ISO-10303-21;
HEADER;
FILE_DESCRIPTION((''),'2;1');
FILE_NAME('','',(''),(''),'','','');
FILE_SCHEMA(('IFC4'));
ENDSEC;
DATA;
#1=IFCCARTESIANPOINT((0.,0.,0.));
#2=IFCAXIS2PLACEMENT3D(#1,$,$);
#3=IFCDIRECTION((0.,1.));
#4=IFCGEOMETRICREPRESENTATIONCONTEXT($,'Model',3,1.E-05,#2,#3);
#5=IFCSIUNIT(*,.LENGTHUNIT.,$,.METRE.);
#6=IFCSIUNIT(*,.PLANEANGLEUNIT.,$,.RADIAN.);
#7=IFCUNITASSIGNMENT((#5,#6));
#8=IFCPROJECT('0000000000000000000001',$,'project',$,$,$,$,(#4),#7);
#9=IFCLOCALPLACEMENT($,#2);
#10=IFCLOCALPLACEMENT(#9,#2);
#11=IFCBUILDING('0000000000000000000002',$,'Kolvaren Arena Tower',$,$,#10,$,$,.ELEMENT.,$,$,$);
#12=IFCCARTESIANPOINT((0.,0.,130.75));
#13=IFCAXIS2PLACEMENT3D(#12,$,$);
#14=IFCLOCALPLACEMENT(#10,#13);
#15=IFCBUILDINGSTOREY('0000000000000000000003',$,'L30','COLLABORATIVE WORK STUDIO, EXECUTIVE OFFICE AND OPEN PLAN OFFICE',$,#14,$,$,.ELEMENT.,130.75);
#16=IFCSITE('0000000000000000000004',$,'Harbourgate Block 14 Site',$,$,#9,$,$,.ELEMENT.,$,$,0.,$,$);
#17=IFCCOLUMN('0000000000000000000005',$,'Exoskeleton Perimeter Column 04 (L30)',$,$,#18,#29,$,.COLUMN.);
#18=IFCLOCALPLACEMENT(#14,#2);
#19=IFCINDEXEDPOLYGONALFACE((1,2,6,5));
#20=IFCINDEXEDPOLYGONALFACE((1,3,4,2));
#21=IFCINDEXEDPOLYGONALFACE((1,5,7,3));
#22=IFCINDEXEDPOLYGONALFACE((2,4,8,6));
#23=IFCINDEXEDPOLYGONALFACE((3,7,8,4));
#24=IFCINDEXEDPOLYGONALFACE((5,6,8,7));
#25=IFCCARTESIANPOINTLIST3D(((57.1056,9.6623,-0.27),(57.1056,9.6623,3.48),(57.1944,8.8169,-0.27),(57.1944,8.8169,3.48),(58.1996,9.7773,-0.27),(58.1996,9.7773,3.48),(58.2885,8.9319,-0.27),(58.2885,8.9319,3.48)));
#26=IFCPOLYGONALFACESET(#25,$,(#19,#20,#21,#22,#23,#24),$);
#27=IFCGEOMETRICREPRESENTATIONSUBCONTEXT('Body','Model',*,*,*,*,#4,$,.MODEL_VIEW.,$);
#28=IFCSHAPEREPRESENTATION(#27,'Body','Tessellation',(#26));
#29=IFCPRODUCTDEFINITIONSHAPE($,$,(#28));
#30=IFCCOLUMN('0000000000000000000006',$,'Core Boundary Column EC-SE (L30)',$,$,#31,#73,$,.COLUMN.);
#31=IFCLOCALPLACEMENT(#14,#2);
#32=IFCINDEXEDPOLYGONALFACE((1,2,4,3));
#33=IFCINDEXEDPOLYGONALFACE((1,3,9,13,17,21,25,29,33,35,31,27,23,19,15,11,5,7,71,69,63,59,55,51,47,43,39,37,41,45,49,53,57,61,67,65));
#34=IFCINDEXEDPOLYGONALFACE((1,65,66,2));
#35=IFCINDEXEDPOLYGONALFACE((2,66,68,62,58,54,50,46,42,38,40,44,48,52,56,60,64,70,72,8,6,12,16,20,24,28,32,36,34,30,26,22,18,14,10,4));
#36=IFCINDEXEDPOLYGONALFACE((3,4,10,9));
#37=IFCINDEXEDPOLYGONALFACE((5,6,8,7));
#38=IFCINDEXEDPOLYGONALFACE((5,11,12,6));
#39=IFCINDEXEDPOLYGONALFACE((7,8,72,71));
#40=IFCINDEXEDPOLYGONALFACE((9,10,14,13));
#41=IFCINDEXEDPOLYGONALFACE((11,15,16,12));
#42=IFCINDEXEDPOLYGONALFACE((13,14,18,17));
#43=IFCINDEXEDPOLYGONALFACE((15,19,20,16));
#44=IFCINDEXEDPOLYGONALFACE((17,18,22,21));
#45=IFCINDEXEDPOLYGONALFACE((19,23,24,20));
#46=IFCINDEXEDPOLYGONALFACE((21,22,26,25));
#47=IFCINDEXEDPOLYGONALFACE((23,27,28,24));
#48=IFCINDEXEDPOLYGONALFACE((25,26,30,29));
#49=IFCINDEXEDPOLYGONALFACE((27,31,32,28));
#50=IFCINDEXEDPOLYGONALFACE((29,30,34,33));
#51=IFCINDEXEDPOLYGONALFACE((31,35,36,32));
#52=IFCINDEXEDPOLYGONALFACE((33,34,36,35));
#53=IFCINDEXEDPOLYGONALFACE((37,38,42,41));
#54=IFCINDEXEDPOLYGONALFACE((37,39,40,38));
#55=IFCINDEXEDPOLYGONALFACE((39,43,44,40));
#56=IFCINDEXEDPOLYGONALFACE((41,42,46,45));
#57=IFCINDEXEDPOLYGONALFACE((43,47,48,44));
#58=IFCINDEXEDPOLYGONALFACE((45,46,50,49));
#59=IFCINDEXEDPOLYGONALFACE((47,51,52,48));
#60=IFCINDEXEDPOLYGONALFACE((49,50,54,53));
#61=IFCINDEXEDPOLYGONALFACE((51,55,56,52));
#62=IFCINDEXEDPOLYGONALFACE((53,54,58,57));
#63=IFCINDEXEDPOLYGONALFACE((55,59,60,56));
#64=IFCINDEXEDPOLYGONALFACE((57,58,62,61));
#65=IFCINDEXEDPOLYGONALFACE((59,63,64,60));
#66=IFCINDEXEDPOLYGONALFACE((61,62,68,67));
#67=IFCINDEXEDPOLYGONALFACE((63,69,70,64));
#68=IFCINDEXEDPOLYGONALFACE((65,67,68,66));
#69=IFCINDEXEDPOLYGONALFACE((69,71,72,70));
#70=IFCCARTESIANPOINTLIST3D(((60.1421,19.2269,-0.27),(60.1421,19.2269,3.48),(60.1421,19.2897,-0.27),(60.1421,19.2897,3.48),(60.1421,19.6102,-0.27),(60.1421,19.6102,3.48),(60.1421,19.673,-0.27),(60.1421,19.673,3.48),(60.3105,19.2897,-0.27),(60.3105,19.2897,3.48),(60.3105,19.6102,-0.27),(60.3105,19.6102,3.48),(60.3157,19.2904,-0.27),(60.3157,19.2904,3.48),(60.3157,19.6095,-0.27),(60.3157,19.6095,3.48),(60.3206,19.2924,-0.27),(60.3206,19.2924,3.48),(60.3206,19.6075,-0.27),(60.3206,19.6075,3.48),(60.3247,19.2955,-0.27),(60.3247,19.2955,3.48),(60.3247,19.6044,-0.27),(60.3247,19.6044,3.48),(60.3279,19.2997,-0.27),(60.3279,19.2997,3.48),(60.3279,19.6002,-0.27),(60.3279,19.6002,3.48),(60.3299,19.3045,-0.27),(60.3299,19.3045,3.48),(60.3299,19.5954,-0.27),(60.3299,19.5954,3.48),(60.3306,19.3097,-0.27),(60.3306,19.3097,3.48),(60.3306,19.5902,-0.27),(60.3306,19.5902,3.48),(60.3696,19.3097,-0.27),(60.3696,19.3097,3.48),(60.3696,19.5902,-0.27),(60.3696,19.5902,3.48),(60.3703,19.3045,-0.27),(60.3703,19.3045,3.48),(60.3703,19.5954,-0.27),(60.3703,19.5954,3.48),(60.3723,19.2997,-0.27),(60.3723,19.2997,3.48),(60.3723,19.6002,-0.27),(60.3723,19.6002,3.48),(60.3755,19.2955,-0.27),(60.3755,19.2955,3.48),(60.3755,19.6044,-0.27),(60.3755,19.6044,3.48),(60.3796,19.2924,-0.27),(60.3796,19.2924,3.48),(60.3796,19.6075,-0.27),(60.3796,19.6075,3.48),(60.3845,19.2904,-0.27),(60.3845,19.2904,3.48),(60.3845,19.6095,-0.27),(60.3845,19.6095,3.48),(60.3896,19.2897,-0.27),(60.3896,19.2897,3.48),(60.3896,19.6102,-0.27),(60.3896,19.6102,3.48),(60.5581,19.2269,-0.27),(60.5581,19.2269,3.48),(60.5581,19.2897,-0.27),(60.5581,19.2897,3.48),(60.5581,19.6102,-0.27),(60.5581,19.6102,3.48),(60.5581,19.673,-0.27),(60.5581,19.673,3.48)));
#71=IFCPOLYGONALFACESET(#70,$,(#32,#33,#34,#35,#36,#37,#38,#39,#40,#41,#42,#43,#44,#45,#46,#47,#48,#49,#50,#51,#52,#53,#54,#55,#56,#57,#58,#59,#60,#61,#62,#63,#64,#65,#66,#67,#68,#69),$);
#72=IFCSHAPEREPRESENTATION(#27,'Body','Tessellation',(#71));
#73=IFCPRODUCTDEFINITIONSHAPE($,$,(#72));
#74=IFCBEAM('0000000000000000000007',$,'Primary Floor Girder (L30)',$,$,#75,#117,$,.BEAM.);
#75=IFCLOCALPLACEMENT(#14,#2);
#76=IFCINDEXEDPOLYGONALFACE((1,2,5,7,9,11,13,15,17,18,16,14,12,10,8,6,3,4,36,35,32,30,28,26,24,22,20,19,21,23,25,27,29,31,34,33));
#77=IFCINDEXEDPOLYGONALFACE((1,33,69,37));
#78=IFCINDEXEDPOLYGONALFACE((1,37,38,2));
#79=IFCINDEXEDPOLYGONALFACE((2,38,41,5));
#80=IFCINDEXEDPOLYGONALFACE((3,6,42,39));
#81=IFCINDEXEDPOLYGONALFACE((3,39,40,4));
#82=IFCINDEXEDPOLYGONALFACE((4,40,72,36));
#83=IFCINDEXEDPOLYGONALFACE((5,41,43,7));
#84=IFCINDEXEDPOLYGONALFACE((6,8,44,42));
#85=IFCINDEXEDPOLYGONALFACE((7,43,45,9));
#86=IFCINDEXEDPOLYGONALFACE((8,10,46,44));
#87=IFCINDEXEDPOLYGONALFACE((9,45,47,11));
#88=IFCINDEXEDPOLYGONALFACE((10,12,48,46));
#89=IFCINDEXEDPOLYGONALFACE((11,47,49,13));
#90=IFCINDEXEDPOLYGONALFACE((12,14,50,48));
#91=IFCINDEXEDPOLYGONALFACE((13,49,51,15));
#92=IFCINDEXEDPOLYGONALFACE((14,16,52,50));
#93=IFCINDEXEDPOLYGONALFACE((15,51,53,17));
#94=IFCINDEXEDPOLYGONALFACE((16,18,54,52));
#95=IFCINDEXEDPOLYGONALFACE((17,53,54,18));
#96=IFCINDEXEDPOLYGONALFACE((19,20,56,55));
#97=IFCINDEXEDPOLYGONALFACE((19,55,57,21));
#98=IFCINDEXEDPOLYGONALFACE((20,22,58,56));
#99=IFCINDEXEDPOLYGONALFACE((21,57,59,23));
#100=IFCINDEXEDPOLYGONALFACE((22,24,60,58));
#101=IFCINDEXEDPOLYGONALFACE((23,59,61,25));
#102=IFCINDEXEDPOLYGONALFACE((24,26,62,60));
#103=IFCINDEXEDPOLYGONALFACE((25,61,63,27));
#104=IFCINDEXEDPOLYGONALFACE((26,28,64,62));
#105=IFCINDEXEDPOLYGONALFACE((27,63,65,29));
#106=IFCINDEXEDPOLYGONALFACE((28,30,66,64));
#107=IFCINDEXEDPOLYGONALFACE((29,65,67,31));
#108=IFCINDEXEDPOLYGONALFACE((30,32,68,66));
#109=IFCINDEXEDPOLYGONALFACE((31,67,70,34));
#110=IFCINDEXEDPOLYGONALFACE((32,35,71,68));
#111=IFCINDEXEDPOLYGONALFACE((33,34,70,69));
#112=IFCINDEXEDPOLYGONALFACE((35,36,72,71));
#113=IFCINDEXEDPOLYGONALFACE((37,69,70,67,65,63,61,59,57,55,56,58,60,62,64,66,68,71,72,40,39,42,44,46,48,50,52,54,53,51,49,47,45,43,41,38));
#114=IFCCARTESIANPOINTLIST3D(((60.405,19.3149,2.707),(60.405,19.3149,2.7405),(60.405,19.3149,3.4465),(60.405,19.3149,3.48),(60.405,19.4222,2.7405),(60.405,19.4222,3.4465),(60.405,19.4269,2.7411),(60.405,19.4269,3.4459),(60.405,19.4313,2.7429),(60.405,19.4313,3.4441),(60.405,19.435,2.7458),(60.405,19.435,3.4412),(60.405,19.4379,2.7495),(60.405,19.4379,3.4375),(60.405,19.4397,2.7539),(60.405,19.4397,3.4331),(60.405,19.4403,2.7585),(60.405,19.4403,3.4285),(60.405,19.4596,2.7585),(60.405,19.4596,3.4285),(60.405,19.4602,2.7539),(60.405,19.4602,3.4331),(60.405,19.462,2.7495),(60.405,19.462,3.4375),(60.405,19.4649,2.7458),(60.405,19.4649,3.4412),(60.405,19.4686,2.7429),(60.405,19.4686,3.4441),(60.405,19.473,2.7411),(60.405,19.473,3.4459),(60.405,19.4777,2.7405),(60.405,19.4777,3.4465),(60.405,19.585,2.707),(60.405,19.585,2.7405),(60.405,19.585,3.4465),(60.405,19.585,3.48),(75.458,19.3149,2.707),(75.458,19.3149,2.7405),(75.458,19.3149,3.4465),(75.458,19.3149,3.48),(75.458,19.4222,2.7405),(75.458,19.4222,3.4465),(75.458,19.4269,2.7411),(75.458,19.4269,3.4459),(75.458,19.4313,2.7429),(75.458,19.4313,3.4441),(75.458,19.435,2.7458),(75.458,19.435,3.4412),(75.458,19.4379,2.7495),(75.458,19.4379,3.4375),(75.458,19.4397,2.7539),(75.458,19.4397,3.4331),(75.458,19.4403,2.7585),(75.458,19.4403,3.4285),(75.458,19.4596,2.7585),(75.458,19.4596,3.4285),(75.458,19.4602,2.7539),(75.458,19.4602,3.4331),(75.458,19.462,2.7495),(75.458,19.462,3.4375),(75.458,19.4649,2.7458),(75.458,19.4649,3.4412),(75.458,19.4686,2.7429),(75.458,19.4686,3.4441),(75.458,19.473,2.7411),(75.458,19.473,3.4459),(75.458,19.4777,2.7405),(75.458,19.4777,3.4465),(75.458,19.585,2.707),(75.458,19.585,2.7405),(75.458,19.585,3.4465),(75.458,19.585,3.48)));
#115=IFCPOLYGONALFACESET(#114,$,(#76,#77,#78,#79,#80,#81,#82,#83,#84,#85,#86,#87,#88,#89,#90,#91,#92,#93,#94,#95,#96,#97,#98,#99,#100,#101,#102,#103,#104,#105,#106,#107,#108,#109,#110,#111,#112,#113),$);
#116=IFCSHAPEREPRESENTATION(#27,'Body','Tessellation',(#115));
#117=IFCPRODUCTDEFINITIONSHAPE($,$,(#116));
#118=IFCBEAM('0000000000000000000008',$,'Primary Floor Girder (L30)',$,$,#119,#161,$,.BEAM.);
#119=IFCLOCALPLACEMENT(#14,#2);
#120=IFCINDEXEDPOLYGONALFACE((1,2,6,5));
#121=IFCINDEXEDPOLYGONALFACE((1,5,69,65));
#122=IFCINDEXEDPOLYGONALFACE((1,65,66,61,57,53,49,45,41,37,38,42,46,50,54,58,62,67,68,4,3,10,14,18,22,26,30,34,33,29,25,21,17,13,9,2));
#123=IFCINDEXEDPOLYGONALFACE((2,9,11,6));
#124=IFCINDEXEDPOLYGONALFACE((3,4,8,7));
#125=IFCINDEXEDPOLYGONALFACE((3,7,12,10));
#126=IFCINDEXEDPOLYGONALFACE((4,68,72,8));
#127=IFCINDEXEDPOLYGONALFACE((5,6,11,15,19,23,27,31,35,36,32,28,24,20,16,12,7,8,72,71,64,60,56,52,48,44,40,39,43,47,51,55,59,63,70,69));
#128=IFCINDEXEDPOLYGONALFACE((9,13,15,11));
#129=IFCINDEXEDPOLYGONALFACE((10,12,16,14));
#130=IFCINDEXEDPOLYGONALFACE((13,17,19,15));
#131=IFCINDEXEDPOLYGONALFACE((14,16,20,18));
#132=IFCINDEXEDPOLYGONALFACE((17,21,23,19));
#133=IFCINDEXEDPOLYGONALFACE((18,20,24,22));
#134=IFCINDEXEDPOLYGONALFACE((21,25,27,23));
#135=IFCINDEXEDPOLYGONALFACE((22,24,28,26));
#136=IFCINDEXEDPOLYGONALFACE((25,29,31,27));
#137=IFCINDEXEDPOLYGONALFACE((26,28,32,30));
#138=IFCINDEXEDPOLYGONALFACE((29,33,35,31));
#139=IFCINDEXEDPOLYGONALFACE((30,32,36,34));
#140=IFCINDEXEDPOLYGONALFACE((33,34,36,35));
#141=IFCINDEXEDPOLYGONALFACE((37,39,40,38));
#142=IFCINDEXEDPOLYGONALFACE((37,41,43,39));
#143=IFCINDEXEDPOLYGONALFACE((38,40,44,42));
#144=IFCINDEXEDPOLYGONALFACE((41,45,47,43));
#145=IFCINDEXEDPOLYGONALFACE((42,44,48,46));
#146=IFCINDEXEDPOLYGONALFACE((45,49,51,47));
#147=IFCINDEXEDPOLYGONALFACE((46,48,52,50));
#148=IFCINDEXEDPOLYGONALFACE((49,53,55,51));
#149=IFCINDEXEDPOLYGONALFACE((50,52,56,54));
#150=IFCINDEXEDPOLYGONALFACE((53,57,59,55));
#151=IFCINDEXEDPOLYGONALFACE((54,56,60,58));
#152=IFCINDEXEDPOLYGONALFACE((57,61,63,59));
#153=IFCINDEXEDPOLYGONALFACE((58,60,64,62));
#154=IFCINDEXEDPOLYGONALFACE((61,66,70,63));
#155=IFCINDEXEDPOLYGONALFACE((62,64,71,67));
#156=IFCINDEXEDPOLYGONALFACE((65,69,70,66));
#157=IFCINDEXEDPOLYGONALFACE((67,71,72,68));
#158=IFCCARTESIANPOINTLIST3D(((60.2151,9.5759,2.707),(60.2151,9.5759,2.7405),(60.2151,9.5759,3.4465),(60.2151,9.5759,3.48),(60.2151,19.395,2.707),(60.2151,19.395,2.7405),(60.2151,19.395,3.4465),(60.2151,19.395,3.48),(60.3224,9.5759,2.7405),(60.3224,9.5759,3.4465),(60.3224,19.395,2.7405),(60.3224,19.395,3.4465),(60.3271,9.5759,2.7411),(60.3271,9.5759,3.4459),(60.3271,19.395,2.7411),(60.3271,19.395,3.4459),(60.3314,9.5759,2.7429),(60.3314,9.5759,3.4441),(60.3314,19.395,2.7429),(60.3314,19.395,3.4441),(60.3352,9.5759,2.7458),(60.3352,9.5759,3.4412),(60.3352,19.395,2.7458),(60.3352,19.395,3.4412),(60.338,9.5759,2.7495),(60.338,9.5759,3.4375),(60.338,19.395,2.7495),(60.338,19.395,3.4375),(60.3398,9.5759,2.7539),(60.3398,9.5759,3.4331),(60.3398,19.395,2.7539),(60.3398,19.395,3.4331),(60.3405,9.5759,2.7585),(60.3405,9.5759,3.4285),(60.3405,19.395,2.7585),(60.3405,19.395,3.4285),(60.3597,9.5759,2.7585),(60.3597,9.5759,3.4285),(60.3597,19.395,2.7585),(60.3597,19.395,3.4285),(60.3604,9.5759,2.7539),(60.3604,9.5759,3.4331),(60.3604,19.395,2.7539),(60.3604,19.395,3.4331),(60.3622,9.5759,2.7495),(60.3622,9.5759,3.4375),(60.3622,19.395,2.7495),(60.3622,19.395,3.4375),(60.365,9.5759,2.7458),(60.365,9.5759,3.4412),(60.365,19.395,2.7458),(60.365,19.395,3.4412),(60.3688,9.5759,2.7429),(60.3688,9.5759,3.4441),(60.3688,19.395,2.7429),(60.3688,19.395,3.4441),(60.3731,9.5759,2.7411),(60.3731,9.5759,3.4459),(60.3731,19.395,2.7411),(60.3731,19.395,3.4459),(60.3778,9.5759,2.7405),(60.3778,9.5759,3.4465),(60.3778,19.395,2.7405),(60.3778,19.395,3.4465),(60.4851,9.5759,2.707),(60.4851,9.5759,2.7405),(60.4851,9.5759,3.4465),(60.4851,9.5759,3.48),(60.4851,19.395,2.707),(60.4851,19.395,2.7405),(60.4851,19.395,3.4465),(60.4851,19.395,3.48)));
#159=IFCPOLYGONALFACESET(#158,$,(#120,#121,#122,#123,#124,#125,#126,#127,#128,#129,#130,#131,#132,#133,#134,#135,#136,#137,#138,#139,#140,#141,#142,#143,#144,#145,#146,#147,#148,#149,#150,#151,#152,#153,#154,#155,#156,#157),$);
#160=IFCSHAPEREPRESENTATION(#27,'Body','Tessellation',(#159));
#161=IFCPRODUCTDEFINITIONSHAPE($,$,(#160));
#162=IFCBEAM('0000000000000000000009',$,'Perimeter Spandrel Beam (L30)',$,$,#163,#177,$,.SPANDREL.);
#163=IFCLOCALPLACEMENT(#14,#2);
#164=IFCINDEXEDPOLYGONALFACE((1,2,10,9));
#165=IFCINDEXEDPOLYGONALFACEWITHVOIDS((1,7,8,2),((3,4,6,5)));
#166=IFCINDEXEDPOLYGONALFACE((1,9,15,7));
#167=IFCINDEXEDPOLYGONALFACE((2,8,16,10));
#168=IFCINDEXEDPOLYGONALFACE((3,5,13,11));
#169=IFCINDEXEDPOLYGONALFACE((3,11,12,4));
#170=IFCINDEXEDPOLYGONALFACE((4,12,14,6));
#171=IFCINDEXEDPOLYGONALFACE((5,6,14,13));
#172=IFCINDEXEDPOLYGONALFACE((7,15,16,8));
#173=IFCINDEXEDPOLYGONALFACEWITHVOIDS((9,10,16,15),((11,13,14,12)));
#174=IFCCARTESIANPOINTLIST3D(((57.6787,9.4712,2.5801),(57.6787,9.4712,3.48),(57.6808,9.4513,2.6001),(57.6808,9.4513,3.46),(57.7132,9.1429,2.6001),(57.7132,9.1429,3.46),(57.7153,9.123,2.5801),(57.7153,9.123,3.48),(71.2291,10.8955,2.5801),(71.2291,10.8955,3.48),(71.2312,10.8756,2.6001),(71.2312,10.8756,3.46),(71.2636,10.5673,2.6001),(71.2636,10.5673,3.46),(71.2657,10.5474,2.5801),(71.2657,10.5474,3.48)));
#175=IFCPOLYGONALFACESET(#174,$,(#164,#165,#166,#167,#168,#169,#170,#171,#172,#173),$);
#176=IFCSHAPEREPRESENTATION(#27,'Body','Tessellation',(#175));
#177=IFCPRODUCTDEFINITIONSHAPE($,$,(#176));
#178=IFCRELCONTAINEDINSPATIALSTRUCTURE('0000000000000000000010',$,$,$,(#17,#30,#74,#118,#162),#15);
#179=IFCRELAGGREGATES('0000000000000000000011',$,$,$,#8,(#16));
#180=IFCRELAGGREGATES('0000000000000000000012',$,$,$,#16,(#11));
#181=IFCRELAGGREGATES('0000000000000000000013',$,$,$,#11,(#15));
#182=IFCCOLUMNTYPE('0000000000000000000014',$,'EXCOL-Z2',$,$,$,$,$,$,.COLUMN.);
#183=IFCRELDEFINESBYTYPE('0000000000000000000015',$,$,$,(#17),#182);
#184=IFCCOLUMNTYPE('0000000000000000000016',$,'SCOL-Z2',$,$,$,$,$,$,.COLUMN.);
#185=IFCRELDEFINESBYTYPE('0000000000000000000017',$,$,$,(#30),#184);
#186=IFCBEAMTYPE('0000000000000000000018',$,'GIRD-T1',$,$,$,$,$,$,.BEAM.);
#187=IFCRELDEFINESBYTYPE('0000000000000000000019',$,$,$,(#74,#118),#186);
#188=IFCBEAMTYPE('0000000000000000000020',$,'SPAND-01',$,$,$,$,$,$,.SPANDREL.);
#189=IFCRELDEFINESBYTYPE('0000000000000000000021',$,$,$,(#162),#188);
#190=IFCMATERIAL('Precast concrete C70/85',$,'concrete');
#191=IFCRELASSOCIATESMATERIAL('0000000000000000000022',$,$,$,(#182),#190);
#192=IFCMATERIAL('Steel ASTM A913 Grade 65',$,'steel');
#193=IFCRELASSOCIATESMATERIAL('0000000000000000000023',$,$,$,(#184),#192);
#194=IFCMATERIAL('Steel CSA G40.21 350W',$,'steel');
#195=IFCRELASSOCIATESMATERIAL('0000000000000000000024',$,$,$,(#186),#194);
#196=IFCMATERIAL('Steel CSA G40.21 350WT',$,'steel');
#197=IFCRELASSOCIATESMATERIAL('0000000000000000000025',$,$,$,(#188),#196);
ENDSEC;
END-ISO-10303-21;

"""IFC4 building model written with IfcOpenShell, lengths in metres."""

from ifc_helpers import new_model, si_unit, direction, frame, origin, origin_2d, place, context, subcontext, project, spatial, rectangle, hollow_rectangle, i_section, extrude, material, material_profile, profile_set, type_object, element, save


model = new_model("IFC4")

# Units and contexts
model_context = context("Model", 3, precision=1e-05, world=origin(), true_north=direction((0.0, 1.0)))
body_context = subcontext(model_context, "Body", "Model", "MODEL_VIEW")
ifc_project = project(units=[si_unit("LENGTHUNIT", "METRE"), si_unit("PLANEANGLEUNIT", "RADIAN")], contexts=[model_context])

# Site, building, storey
site_placement = place(None, origin())
site = spatial("IfcSite", under=ifc_project, at=site_placement, Name="Harbourgate Block 14 Site", CompositionType="ELEMENT", RefElevation=0.0)
building_placement = place(site_placement, origin())
building = spatial("IfcBuilding", under=site, at=building_placement, Name="Kolvaren Arena Tower", CompositionType="ELEMENT")
storey_placement = place(building_placement, frame((0.0, 0.0, 130.75)))
storey = spatial("IfcBuildingStorey", under=building, at=storey_placement, Name="L30", Description="COLLABORATIVE WORK STUDIO, EXECUTIVE OFFICE AND OPEN PLAN OFFICE", CompositionType="ELEMENT", Elevation=130.75)

# Columns
ifc_material_1 = material(Name="Precast concrete C70/85", Category="concrete")
ifc_material_profile_1 = material_profile(ifc_material_1, rectangle(XDim=1.1001, YDim=0.8501, at=origin_2d()), Name="RC-1100x850")
ifc_profile_set_1 = profile_set([ifc_material_profile_1], Name="Precast concrete C70/85")
column_type_1 = type_object("IfcColumnType", Name="EXCOL-Z2", PredefinedType="COLUMN", material=ifc_profile_set_1)
column_1_placement = place(storey_placement, frame((57.697, 9.2971, -0.27), z_axis=(0.0, 0.0, 1.0), x_axis=(0.994522, 0.104528, 0.0)))
element("IfcColumn", 1, at=column_1_placement, inside=storey, type_object=column_type_1, Name="Exoskeleton Perimeter Column 04 (L30)", PredefinedType="COLUMN", context=body_context, shape_type="SweptSolid", body=[
    extrude(rectangle(XDim=1.1001, YDim=0.8501, at=origin_2d()), origin(), (0.0, 0.0, 1.0), 3.75),
])
ifc_material_2 = material(Name="Steel ASTM A913 Grade 65", Category="steel")
ifc_material_profile_2 = material_profile(ifc_material_2, i_section(OverallWidth=0.416, OverallDepth=0.446, WebThickness=0.0391, FlangeThickness=0.0627, FilletRadius=0.02, at=origin_2d()), Name="W360x509")
ifc_profile_set_2 = profile_set([ifc_material_profile_2], Name="Steel ASTM A913 Grade 65")
column_type_2 = type_object("IfcColumnType", Name="SCOL-Z2", PredefinedType="COLUMN", material=ifc_profile_set_2)
column_2_placement = place(storey_placement, frame((60.3501, 19.45, -0.27), z_axis=(0.0, 0.0, 1.0), x_axis=(1.0, 0.0, 0.0)))
element("IfcColumn", 2, at=column_2_placement, inside=storey, type_object=column_type_2, Name="Core Boundary Column EC-SE (L30)", PredefinedType="COLUMN", context=body_context, shape_type="SweptSolid", body=[
    extrude(i_section(OverallWidth=0.416, OverallDepth=0.446, WebThickness=0.0391, FlangeThickness=0.0627, FilletRadius=0.02, at=origin_2d()), origin(), (0.0, 0.0, 1.0), 3.75),
])

# Beams
ifc_material_3 = material(Name="Steel CSA G40.21 350W", Category="steel")
ifc_material_profile_3 = material_profile(ifc_material_3, i_section(OverallWidth=0.27, OverallDepth=0.7729, WebThickness=0.0193, FlangeThickness=0.0334, FilletRadius=0.0181, at=origin_2d()), Name="W760x257")
ifc_profile_set_3 = profile_set([ifc_material_profile_3], Name="Steel CSA G40.21 350W")
beam_type_1 = type_object("IfcBeamType", Name="GIRD-T1", PredefinedType="BEAM", material=ifc_profile_set_3)
beam_1_placement = place(storey_placement, frame((60.405, 19.45, 3.0935), z_axis=(1.0, 0.0, 0.0), x_axis=(0.0, 1.0, 0.0)))
element("IfcBeam", 3, at=beam_1_placement, inside=storey, type_object=beam_type_1, Name="Primary Floor Girder (L30)", PredefinedType="BEAM", context=body_context, shape_type="SweptSolid", body=[
    extrude(i_section(OverallWidth=0.27, OverallDepth=0.7729, WebThickness=0.0193, FlangeThickness=0.0334, FilletRadius=0.0181, at=origin_2d()), origin(), (0.0, 0.0, 1.0), 15.053),
])
beam_2_placement = place(storey_placement, frame((60.3501, 9.5759, 3.0935), z_axis=(0.0, 1.0, 0.0), x_axis=(-1.0, 0.0, 0.0)))
element("IfcBeam", 4, at=beam_2_placement, inside=storey, type_object=beam_type_1, Name="Primary Floor Girder (L30)", PredefinedType="BEAM", context=body_context, shape_type="SweptSolid", body=[
    extrude(i_section(OverallWidth=0.27, OverallDepth=0.7729, WebThickness=0.0193, FlangeThickness=0.0334, FilletRadius=0.0181, at=origin_2d()), origin(), (0.0, 0.0, 1.0), 9.8191),
])
ifc_material_4 = material(Name="Steel CSA G40.21 350WT", Category="steel")
ifc_material_profile_4 = material_profile(ifc_material_4, hollow_rectangle(XDim=0.3501, YDim=0.8999, WallThickness=0.02, at=origin_2d()), Name="HSS 900x350x20")
ifc_profile_set_4 = profile_set([ifc_material_profile_4], Name="Steel CSA G40.21 350WT")
beam_type_2 = type_object("IfcBeamType", Name="SPAND-01", PredefinedType="SPANDREL", material=ifc_profile_set_4)
beam_3_placement = place(storey_placement, frame((57.697, 9.2971, 3.03), z_axis=(0.994521, 0.104537, 0.0), x_axis=(-0.104537, 0.994521, 0.0)))
element("IfcBeam", 5, at=beam_3_placement, inside=storey, type_object=beam_type_2, Name="Perimeter Spandrel Beam (L30)", PredefinedType="SPANDREL", context=body_context, shape_type="SweptSolid", body=[
    extrude(hollow_rectangle(XDim=0.3501, YDim=0.8999, WallThickness=0.02, at=origin_2d()), origin(), (0.0, 0.0, 1.0), 13.625),
])

save(model, "model.ifc")
